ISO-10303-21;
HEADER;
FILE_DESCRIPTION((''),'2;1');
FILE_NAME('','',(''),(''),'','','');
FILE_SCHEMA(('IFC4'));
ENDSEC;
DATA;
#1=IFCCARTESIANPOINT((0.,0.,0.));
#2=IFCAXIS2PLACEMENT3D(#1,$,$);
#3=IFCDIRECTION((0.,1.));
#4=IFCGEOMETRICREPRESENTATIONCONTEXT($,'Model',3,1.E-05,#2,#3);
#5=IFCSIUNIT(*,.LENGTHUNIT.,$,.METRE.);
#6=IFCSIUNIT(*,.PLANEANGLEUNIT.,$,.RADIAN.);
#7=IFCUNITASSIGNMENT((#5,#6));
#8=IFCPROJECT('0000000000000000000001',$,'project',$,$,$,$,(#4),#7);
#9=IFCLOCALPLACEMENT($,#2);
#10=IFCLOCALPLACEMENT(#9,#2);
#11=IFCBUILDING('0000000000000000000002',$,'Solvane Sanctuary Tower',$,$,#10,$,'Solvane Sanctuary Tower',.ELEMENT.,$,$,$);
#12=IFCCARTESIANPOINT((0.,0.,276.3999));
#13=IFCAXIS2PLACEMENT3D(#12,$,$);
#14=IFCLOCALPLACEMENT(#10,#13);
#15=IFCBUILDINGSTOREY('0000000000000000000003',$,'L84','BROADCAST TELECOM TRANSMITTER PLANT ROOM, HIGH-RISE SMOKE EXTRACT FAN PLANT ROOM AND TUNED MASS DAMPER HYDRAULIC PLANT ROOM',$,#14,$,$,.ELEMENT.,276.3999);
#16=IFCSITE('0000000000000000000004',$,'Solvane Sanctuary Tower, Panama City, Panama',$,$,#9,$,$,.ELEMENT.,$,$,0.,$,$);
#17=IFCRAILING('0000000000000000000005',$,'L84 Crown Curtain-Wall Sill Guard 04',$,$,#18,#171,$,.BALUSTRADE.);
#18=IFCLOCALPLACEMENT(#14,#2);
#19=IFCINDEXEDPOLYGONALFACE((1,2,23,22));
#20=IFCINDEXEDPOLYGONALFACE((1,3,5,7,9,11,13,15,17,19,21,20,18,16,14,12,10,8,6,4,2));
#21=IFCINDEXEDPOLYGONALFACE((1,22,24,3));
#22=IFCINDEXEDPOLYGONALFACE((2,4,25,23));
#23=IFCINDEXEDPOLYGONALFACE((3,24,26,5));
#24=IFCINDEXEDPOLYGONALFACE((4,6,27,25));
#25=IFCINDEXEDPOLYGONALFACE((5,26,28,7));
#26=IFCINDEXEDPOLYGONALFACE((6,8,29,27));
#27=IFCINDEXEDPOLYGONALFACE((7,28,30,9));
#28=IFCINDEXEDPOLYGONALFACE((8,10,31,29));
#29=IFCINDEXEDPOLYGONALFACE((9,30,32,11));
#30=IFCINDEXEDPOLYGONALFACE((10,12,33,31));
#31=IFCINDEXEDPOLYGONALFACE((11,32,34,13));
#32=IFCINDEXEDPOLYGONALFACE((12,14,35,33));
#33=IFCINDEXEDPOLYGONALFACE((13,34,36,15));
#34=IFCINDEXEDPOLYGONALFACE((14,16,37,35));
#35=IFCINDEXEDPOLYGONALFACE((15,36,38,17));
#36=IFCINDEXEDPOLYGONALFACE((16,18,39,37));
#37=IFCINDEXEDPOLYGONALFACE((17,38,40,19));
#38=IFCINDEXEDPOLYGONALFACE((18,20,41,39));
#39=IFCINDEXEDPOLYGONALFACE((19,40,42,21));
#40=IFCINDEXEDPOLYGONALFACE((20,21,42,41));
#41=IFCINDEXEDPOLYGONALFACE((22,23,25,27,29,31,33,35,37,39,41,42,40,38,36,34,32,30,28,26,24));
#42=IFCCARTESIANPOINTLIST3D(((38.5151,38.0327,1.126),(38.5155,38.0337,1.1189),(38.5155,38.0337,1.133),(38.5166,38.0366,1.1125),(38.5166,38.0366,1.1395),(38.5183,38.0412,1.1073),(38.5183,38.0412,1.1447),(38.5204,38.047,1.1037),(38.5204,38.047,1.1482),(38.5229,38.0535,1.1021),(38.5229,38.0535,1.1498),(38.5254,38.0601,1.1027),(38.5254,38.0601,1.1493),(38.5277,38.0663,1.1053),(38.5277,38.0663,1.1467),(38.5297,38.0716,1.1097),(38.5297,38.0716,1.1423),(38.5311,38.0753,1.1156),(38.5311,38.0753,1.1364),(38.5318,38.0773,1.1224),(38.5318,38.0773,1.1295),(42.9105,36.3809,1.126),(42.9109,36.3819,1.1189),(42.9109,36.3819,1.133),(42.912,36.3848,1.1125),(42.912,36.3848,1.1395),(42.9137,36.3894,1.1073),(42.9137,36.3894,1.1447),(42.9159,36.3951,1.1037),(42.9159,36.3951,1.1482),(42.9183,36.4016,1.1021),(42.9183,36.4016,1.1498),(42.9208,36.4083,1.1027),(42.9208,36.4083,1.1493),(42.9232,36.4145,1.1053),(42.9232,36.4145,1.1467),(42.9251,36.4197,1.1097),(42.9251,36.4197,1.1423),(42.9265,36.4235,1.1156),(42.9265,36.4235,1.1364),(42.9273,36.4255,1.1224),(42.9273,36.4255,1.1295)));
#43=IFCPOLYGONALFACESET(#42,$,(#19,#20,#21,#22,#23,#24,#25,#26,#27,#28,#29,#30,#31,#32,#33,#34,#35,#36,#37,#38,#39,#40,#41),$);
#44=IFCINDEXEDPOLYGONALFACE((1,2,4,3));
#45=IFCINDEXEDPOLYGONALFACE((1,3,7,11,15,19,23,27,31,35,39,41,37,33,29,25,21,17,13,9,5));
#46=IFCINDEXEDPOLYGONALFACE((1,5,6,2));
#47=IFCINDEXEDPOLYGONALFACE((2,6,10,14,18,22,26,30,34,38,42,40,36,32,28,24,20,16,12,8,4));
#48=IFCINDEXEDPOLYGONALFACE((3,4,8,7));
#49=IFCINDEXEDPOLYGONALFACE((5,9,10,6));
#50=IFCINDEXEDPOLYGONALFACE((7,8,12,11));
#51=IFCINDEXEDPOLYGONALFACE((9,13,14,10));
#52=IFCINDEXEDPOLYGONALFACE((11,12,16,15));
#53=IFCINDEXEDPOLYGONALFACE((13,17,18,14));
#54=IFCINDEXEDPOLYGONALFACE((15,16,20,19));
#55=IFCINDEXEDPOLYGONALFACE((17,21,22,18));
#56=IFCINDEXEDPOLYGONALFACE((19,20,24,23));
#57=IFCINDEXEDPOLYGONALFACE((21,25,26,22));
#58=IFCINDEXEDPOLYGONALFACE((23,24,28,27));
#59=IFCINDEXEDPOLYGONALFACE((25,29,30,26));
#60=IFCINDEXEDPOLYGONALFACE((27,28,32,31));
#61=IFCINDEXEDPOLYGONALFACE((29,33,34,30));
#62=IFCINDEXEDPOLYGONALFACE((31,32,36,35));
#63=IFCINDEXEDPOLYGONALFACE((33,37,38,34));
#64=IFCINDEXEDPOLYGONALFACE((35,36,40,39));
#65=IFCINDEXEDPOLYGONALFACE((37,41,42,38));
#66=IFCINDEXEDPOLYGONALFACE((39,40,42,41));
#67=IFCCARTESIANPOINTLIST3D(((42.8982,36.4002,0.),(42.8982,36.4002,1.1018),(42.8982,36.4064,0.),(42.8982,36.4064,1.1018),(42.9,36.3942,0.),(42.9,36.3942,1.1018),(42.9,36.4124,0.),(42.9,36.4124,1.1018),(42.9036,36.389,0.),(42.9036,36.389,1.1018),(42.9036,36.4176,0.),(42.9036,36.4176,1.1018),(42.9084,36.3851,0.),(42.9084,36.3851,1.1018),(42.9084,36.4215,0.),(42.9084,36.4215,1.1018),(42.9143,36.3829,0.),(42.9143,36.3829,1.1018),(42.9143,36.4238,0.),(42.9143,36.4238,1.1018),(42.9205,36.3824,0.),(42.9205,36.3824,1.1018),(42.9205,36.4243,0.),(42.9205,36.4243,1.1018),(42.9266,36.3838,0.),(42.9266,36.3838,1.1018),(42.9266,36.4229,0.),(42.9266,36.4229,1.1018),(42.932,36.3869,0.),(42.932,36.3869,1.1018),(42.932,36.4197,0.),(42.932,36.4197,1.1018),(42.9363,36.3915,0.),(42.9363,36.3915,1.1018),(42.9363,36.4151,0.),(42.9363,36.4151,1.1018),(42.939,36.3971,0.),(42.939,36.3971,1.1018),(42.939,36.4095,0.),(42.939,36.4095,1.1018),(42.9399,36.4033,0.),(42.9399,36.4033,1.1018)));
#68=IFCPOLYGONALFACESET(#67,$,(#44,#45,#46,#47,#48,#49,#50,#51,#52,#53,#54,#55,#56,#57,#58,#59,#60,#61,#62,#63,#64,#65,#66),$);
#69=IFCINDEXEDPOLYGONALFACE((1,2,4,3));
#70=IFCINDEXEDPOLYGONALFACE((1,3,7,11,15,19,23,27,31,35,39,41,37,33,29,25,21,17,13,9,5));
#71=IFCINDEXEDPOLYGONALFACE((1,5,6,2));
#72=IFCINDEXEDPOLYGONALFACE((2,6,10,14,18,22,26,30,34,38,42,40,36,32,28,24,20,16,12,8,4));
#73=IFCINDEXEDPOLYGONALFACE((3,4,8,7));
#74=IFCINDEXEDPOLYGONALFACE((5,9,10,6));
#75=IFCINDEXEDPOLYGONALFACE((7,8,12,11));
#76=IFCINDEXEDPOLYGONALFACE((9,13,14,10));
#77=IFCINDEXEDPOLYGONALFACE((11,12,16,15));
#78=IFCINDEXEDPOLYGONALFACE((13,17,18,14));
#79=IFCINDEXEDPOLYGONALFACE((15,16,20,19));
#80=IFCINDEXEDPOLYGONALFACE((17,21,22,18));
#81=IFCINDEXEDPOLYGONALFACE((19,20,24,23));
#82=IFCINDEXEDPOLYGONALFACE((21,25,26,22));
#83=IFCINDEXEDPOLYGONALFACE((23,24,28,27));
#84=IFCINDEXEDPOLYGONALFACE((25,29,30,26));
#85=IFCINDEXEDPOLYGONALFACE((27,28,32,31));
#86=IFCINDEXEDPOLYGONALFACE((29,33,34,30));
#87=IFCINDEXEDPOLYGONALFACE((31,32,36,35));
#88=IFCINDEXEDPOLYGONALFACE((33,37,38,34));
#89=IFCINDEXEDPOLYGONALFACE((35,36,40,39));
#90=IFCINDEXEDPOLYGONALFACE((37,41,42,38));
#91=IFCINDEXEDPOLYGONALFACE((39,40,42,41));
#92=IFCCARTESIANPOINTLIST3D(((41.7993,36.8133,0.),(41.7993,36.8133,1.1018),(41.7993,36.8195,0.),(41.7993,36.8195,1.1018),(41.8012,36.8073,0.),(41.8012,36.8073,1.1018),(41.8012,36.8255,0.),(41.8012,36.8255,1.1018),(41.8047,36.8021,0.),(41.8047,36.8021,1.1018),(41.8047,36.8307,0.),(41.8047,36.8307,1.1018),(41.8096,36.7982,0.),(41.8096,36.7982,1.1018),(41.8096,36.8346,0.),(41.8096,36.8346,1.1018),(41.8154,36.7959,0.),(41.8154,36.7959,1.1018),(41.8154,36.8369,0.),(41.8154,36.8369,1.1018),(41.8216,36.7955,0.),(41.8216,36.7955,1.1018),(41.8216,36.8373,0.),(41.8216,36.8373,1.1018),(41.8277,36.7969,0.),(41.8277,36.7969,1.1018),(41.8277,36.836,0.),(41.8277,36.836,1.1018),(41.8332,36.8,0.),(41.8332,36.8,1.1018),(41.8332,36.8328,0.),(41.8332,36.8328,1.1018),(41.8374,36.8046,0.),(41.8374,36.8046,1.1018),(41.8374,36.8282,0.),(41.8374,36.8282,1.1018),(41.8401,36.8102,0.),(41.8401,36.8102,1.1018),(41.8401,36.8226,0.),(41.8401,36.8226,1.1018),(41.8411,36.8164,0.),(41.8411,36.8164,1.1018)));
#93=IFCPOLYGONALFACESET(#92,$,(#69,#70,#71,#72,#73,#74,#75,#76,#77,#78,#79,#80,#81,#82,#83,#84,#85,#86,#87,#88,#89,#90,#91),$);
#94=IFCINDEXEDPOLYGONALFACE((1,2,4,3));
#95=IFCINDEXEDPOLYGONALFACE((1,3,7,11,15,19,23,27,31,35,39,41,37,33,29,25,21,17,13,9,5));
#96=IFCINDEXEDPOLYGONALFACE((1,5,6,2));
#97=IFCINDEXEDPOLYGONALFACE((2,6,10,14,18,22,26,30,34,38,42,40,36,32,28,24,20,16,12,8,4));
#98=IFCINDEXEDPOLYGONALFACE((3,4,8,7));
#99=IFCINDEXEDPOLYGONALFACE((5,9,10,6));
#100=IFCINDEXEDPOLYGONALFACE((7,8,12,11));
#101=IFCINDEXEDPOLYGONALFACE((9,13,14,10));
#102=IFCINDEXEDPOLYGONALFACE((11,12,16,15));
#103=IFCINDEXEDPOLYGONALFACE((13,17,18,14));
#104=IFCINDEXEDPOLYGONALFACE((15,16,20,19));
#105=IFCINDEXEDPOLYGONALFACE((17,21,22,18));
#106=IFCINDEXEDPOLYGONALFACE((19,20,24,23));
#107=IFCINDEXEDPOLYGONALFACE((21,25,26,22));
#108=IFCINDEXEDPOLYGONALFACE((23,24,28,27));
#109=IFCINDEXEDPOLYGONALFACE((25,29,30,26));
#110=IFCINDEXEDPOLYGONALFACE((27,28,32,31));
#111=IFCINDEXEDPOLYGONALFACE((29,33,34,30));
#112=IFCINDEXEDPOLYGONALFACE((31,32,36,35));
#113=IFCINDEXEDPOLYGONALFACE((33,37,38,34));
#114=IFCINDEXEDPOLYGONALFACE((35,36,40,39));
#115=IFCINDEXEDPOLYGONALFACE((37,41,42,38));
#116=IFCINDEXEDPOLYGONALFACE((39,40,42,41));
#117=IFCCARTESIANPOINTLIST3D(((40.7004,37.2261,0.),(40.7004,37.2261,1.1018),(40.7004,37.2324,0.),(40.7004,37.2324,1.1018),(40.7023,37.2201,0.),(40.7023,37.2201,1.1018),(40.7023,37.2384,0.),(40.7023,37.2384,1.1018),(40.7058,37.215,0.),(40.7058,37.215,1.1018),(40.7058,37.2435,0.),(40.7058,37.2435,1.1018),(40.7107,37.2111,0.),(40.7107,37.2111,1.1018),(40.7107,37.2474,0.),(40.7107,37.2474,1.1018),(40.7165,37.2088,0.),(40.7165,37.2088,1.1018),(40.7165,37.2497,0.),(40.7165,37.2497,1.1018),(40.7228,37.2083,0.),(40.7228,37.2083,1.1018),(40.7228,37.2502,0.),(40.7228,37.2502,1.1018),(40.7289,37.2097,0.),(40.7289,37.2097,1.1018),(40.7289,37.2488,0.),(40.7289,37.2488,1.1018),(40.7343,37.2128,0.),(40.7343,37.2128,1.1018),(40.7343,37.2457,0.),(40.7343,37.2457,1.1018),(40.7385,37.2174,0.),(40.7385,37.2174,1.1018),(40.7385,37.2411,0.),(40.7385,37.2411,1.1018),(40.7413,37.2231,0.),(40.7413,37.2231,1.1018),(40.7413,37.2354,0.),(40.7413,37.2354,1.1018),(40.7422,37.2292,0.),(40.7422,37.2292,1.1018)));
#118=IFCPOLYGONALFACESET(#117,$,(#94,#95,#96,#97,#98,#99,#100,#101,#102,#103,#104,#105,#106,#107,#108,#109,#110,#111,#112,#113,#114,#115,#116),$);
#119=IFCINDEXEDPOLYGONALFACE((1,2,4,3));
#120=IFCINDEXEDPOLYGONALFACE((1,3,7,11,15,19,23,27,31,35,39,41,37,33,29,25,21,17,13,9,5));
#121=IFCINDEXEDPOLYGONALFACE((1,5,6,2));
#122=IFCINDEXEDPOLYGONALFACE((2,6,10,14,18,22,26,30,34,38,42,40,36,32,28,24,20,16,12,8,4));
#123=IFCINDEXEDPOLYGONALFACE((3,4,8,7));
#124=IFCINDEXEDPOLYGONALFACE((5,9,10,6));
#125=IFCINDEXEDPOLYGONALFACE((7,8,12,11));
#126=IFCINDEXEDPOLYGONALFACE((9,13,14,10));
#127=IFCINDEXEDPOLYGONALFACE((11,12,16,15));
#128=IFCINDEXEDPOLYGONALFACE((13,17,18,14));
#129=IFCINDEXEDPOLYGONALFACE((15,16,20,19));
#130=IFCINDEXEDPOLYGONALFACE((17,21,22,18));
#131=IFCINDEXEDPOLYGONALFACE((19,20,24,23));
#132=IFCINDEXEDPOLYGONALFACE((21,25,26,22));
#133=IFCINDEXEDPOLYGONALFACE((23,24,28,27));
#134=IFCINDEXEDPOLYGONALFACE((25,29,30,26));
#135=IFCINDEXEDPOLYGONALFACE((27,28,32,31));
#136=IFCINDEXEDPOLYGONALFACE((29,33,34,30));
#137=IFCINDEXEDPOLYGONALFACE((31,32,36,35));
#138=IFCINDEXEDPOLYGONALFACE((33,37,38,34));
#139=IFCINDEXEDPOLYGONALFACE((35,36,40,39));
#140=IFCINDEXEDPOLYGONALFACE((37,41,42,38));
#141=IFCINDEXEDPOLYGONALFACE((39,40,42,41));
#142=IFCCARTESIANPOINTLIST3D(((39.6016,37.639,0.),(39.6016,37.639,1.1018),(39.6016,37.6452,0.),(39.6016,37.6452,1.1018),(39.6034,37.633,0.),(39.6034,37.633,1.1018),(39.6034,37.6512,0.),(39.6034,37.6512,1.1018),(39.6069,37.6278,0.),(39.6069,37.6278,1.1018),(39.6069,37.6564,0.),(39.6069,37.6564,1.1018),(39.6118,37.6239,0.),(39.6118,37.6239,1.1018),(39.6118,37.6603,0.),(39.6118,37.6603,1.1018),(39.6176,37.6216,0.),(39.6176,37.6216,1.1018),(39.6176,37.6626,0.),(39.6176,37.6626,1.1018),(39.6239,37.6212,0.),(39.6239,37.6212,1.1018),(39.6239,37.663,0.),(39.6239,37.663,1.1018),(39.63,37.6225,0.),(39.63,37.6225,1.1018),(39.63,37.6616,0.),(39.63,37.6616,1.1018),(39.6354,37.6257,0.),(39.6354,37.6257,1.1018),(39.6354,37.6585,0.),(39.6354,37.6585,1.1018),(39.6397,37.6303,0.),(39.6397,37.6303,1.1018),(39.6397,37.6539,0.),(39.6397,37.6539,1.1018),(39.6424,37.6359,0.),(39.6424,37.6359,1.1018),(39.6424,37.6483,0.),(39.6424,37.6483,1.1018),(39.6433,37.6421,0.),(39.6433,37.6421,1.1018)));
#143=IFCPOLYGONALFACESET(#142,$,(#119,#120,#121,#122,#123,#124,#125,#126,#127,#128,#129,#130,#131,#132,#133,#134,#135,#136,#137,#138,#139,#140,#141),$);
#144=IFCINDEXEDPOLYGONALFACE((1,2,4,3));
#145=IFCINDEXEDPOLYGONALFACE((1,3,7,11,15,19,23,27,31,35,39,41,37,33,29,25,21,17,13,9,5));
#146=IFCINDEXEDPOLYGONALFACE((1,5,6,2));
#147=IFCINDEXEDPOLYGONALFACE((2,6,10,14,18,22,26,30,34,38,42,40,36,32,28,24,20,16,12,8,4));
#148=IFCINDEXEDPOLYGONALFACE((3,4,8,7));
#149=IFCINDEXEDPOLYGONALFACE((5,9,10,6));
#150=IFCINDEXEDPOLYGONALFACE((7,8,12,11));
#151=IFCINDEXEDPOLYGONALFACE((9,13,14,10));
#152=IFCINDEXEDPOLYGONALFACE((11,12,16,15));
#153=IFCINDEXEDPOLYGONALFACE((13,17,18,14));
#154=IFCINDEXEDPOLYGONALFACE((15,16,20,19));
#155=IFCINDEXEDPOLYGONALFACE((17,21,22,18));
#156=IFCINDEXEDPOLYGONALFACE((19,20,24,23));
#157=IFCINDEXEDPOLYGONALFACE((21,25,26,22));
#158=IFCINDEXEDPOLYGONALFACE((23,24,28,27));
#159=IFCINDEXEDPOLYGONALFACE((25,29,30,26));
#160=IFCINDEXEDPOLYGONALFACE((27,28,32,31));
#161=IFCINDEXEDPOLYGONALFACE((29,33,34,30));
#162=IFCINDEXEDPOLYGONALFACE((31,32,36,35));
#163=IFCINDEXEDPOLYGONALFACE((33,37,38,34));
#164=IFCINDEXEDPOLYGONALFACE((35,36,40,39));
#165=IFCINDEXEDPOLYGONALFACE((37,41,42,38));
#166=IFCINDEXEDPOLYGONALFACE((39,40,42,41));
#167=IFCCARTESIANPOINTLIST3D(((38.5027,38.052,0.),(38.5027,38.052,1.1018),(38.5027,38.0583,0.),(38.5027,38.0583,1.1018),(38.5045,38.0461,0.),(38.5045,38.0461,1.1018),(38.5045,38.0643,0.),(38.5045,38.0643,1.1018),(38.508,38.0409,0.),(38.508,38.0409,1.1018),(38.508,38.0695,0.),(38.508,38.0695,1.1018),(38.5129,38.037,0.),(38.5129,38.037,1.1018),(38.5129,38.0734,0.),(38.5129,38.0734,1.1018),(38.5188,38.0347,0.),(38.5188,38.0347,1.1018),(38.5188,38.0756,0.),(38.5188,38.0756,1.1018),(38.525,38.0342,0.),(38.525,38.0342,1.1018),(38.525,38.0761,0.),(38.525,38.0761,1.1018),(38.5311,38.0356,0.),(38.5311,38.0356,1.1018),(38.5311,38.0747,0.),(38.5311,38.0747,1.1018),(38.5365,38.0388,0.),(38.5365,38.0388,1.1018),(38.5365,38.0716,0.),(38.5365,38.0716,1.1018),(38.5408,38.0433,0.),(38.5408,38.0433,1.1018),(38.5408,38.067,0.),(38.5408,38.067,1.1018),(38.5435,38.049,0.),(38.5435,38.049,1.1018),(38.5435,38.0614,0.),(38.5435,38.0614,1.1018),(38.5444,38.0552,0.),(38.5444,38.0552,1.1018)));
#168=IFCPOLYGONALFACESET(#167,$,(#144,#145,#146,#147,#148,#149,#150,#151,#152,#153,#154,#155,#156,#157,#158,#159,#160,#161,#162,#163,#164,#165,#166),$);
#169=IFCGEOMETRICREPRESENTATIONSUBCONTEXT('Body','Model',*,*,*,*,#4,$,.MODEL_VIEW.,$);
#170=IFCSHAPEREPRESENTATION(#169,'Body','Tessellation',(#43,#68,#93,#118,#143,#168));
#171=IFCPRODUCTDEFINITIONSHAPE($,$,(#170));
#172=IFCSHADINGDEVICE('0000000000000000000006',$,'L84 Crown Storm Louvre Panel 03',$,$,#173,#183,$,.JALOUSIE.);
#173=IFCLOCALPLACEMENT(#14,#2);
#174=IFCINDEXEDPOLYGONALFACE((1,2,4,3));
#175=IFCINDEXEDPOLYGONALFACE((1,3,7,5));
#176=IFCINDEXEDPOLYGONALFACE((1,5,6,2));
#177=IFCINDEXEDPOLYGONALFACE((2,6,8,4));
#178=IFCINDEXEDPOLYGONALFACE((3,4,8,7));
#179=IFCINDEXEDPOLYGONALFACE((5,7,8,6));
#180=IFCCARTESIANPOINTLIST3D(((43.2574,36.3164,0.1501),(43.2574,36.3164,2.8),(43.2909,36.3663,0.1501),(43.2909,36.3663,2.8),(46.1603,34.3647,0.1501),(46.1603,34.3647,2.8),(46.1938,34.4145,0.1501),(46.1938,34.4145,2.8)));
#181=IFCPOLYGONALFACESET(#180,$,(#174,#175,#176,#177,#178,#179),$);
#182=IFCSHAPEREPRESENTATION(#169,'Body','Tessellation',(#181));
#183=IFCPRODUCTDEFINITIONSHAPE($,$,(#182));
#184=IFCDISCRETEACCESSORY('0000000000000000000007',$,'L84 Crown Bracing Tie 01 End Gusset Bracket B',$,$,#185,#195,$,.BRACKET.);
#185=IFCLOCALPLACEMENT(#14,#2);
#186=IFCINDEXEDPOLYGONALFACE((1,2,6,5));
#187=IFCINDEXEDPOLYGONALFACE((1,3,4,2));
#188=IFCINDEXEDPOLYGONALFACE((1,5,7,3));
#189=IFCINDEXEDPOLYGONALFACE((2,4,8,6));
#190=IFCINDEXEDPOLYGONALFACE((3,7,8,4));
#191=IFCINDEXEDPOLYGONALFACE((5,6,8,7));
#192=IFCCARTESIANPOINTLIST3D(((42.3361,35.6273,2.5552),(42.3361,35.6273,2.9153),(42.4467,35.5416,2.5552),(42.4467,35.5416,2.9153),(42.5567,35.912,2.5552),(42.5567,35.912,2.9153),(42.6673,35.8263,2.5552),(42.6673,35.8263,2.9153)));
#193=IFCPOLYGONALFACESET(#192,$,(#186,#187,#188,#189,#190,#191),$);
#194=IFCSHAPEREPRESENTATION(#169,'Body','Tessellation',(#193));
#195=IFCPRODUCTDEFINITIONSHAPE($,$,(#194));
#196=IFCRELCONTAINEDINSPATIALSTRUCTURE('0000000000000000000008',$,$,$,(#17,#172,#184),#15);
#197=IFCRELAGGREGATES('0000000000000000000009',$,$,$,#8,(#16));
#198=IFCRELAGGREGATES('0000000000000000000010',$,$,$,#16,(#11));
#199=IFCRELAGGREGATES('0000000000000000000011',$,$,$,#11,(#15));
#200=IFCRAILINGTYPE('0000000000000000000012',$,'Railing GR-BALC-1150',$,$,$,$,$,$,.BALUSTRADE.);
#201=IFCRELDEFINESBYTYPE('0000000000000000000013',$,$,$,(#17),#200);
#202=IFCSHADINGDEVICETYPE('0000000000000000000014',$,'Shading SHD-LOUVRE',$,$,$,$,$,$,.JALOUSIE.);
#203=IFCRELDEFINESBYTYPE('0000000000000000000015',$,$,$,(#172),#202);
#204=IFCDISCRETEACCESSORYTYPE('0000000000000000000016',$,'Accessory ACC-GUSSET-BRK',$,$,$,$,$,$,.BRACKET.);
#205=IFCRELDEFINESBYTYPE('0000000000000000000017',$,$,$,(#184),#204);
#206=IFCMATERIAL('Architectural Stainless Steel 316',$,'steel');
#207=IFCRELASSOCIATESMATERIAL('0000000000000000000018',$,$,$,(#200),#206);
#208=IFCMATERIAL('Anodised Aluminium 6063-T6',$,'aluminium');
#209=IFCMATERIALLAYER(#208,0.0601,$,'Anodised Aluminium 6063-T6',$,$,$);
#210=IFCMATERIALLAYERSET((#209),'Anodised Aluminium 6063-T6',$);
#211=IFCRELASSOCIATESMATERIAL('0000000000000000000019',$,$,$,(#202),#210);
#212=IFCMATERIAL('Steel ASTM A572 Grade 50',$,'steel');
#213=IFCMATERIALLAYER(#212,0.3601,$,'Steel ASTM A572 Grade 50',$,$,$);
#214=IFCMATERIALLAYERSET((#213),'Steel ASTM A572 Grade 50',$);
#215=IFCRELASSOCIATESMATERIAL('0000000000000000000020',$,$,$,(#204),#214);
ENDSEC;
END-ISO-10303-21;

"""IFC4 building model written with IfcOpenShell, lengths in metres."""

from ifc_helpers import new_model, si_unit, direction, frame, origin, origin_2d, place, context, subcontext, project, spatial, rectangle, circle, extrude, material, layer, layer_set, type_object, element, save


model = new_model("IFC4")

# Units and contexts
model_context = context("Model", 3, precision=1e-05, world=origin(), true_north=direction((0.0, 1.0)))
body_context = subcontext(model_context, "Body", "Model", "MODEL_VIEW")
ifc_project = project(units=[si_unit("LENGTHUNIT", "METRE"), si_unit("PLANEANGLEUNIT", "RADIAN")], contexts=[model_context])

# Site, building, storey
site_placement = place(None, origin())
site = spatial("IfcSite", under=ifc_project, at=site_placement, Name="Solvane Sanctuary Tower, Panama City, Panama", CompositionType="ELEMENT", RefElevation=0.0)
building_placement = place(site_placement, origin())
building = spatial("IfcBuilding", under=site, at=building_placement, Name="Solvane Sanctuary Tower", LongName="Solvane Sanctuary Tower", CompositionType="ELEMENT")
storey_placement = place(building_placement, frame((0.0, 0.0, 276.3999)))
storey = spatial("IfcBuildingStorey", under=building, at=storey_placement, Name="L84", Description="BROADCAST TELECOM TRANSMITTER PLANT ROOM, HIGH-RISE SMOKE EXTRACT FAN PLANT ROOM AND TUNED MASS DAMPER HYDRAULIC PLANT ROOM", CompositionType="ELEMENT", Elevation=276.3999)

# Shared definitions
ifc_material_1 = material(Name="Anodised Aluminium 6063-T6", Category="aluminium")

# Railing
ifc_material_2 = material(Name="Architectural Stainless Steel 316", Category="steel")
railing_type = type_object("IfcRailingType", Name="Railing GR-BALC-1150", PredefinedType="BALUSTRADE", material=ifc_material_2)
railing_1_placement = place(storey_placement, frame((42.9189, 36.4033, 0.0)))
element("IfcRailing", 1, at=railing_1_placement, inside=storey, type_object=railing_type, Name="L84 Crown Curtain-Wall Sill Guard 04", PredefinedType="BALUSTRADE", context=body_context, shape_type="SweptSolid", body=[
    extrude(circle(Radius=0.0239, at=origin_2d()), frame((0.0, 0.0, 1.126), z_axis=(-0.936081, 0.351784, 0.0), x_axis=(-0.351784, -0.936081, 0.0)), (0.0, 0.0, 1.0), 4.6956),
    extrude(circle(Radius=0.021, at=origin_2d()), origin(), (0.0, 0.0, 1.0), 1.1018),
    extrude(circle(Radius=0.021, at=origin_2d()), frame((-1.0989, 0.4131, 0.0)), (0.0, 0.0, 1.0), 1.1018),
    extrude(circle(Radius=0.021, at=origin_2d()), frame((-2.1978, 0.8259, 0.0)), (0.0, 0.0, 1.0), 1.1018),
    extrude(circle(Radius=0.021, at=origin_2d()), frame((-3.2966, 1.2388, 0.0)), (0.0, 0.0, 1.0), 1.1018),
    extrude(circle(Radius=0.021, at=origin_2d()), frame((-4.3955, 1.6519, 0.0)), (0.0, 0.0, 1.0), 1.1018),
])

# Shading device
ifc_layer_1 = layer(ifc_material_1, 0.0601, Name="Anodised Aluminium 6063-T6")
ifc_layer_set_1 = layer_set([ifc_layer_1], Name="Anodised Aluminium 6063-T6")
shading_device_type = type_object("IfcShadingDeviceType", Name="Shading SHD-LOUVRE", PredefinedType="JALOUSIE", material=ifc_layer_set_1)
shading_device_placement = place(storey_placement, frame((44.7256, 35.3655, 0.1501), z_axis=(0.0, 0.0, 1.0), x_axis=(-0.82987, 0.557957, 0.0)))
element("IfcShadingDevice", 2, at=shading_device_placement, inside=storey, type_object=shading_device_type, Name="L84 Crown Storm Louvre Panel 03", PredefinedType="JALOUSIE", context=body_context, shape_type="SweptSolid", body=[
    extrude(rectangle(XDim=3.498, YDim=0.0601, at=origin_2d()), origin(), (0.0, 0.0, 1.0), 2.6499),
])

# Discrete accessory
ifc_material_3 = material(Name="Steel ASTM A572 Grade 50", Category="steel")
ifc_layer_2 = layer(ifc_material_3, 0.3601, Name="Steel ASTM A572 Grade 50")
ifc_layer_set_2 = layer_set([ifc_layer_2], Name="Steel ASTM A572 Grade 50")
discrete_accessory_type = type_object("IfcDiscreteAccessoryType", Name="Accessory ACC-GUSSET-BRK", PredefinedType="BRACKET", material=ifc_layer_set_2)
discrete_accessory_placement = place(storey_placement, frame((42.5017, 35.7268, 2.5552), z_axis=(0.0, 0.0, 1.0), x_axis=(0.612493, 0.790476, 0.0)))
element("IfcDiscreteAccessory", 3, at=discrete_accessory_placement, inside=storey, type_object=discrete_accessory_type, Name="L84 Crown Bracing Tie 01 End Gusset Bracket B", PredefinedType="BRACKET", context=body_context, shape_type="SweptSolid", body=[
    extrude(rectangle(XDim=0.3601, YDim=0.1399, at=origin_2d()), origin(), (0.0, 0.0, 1.0), 0.3601),
])

save(model, "model.ifc")
